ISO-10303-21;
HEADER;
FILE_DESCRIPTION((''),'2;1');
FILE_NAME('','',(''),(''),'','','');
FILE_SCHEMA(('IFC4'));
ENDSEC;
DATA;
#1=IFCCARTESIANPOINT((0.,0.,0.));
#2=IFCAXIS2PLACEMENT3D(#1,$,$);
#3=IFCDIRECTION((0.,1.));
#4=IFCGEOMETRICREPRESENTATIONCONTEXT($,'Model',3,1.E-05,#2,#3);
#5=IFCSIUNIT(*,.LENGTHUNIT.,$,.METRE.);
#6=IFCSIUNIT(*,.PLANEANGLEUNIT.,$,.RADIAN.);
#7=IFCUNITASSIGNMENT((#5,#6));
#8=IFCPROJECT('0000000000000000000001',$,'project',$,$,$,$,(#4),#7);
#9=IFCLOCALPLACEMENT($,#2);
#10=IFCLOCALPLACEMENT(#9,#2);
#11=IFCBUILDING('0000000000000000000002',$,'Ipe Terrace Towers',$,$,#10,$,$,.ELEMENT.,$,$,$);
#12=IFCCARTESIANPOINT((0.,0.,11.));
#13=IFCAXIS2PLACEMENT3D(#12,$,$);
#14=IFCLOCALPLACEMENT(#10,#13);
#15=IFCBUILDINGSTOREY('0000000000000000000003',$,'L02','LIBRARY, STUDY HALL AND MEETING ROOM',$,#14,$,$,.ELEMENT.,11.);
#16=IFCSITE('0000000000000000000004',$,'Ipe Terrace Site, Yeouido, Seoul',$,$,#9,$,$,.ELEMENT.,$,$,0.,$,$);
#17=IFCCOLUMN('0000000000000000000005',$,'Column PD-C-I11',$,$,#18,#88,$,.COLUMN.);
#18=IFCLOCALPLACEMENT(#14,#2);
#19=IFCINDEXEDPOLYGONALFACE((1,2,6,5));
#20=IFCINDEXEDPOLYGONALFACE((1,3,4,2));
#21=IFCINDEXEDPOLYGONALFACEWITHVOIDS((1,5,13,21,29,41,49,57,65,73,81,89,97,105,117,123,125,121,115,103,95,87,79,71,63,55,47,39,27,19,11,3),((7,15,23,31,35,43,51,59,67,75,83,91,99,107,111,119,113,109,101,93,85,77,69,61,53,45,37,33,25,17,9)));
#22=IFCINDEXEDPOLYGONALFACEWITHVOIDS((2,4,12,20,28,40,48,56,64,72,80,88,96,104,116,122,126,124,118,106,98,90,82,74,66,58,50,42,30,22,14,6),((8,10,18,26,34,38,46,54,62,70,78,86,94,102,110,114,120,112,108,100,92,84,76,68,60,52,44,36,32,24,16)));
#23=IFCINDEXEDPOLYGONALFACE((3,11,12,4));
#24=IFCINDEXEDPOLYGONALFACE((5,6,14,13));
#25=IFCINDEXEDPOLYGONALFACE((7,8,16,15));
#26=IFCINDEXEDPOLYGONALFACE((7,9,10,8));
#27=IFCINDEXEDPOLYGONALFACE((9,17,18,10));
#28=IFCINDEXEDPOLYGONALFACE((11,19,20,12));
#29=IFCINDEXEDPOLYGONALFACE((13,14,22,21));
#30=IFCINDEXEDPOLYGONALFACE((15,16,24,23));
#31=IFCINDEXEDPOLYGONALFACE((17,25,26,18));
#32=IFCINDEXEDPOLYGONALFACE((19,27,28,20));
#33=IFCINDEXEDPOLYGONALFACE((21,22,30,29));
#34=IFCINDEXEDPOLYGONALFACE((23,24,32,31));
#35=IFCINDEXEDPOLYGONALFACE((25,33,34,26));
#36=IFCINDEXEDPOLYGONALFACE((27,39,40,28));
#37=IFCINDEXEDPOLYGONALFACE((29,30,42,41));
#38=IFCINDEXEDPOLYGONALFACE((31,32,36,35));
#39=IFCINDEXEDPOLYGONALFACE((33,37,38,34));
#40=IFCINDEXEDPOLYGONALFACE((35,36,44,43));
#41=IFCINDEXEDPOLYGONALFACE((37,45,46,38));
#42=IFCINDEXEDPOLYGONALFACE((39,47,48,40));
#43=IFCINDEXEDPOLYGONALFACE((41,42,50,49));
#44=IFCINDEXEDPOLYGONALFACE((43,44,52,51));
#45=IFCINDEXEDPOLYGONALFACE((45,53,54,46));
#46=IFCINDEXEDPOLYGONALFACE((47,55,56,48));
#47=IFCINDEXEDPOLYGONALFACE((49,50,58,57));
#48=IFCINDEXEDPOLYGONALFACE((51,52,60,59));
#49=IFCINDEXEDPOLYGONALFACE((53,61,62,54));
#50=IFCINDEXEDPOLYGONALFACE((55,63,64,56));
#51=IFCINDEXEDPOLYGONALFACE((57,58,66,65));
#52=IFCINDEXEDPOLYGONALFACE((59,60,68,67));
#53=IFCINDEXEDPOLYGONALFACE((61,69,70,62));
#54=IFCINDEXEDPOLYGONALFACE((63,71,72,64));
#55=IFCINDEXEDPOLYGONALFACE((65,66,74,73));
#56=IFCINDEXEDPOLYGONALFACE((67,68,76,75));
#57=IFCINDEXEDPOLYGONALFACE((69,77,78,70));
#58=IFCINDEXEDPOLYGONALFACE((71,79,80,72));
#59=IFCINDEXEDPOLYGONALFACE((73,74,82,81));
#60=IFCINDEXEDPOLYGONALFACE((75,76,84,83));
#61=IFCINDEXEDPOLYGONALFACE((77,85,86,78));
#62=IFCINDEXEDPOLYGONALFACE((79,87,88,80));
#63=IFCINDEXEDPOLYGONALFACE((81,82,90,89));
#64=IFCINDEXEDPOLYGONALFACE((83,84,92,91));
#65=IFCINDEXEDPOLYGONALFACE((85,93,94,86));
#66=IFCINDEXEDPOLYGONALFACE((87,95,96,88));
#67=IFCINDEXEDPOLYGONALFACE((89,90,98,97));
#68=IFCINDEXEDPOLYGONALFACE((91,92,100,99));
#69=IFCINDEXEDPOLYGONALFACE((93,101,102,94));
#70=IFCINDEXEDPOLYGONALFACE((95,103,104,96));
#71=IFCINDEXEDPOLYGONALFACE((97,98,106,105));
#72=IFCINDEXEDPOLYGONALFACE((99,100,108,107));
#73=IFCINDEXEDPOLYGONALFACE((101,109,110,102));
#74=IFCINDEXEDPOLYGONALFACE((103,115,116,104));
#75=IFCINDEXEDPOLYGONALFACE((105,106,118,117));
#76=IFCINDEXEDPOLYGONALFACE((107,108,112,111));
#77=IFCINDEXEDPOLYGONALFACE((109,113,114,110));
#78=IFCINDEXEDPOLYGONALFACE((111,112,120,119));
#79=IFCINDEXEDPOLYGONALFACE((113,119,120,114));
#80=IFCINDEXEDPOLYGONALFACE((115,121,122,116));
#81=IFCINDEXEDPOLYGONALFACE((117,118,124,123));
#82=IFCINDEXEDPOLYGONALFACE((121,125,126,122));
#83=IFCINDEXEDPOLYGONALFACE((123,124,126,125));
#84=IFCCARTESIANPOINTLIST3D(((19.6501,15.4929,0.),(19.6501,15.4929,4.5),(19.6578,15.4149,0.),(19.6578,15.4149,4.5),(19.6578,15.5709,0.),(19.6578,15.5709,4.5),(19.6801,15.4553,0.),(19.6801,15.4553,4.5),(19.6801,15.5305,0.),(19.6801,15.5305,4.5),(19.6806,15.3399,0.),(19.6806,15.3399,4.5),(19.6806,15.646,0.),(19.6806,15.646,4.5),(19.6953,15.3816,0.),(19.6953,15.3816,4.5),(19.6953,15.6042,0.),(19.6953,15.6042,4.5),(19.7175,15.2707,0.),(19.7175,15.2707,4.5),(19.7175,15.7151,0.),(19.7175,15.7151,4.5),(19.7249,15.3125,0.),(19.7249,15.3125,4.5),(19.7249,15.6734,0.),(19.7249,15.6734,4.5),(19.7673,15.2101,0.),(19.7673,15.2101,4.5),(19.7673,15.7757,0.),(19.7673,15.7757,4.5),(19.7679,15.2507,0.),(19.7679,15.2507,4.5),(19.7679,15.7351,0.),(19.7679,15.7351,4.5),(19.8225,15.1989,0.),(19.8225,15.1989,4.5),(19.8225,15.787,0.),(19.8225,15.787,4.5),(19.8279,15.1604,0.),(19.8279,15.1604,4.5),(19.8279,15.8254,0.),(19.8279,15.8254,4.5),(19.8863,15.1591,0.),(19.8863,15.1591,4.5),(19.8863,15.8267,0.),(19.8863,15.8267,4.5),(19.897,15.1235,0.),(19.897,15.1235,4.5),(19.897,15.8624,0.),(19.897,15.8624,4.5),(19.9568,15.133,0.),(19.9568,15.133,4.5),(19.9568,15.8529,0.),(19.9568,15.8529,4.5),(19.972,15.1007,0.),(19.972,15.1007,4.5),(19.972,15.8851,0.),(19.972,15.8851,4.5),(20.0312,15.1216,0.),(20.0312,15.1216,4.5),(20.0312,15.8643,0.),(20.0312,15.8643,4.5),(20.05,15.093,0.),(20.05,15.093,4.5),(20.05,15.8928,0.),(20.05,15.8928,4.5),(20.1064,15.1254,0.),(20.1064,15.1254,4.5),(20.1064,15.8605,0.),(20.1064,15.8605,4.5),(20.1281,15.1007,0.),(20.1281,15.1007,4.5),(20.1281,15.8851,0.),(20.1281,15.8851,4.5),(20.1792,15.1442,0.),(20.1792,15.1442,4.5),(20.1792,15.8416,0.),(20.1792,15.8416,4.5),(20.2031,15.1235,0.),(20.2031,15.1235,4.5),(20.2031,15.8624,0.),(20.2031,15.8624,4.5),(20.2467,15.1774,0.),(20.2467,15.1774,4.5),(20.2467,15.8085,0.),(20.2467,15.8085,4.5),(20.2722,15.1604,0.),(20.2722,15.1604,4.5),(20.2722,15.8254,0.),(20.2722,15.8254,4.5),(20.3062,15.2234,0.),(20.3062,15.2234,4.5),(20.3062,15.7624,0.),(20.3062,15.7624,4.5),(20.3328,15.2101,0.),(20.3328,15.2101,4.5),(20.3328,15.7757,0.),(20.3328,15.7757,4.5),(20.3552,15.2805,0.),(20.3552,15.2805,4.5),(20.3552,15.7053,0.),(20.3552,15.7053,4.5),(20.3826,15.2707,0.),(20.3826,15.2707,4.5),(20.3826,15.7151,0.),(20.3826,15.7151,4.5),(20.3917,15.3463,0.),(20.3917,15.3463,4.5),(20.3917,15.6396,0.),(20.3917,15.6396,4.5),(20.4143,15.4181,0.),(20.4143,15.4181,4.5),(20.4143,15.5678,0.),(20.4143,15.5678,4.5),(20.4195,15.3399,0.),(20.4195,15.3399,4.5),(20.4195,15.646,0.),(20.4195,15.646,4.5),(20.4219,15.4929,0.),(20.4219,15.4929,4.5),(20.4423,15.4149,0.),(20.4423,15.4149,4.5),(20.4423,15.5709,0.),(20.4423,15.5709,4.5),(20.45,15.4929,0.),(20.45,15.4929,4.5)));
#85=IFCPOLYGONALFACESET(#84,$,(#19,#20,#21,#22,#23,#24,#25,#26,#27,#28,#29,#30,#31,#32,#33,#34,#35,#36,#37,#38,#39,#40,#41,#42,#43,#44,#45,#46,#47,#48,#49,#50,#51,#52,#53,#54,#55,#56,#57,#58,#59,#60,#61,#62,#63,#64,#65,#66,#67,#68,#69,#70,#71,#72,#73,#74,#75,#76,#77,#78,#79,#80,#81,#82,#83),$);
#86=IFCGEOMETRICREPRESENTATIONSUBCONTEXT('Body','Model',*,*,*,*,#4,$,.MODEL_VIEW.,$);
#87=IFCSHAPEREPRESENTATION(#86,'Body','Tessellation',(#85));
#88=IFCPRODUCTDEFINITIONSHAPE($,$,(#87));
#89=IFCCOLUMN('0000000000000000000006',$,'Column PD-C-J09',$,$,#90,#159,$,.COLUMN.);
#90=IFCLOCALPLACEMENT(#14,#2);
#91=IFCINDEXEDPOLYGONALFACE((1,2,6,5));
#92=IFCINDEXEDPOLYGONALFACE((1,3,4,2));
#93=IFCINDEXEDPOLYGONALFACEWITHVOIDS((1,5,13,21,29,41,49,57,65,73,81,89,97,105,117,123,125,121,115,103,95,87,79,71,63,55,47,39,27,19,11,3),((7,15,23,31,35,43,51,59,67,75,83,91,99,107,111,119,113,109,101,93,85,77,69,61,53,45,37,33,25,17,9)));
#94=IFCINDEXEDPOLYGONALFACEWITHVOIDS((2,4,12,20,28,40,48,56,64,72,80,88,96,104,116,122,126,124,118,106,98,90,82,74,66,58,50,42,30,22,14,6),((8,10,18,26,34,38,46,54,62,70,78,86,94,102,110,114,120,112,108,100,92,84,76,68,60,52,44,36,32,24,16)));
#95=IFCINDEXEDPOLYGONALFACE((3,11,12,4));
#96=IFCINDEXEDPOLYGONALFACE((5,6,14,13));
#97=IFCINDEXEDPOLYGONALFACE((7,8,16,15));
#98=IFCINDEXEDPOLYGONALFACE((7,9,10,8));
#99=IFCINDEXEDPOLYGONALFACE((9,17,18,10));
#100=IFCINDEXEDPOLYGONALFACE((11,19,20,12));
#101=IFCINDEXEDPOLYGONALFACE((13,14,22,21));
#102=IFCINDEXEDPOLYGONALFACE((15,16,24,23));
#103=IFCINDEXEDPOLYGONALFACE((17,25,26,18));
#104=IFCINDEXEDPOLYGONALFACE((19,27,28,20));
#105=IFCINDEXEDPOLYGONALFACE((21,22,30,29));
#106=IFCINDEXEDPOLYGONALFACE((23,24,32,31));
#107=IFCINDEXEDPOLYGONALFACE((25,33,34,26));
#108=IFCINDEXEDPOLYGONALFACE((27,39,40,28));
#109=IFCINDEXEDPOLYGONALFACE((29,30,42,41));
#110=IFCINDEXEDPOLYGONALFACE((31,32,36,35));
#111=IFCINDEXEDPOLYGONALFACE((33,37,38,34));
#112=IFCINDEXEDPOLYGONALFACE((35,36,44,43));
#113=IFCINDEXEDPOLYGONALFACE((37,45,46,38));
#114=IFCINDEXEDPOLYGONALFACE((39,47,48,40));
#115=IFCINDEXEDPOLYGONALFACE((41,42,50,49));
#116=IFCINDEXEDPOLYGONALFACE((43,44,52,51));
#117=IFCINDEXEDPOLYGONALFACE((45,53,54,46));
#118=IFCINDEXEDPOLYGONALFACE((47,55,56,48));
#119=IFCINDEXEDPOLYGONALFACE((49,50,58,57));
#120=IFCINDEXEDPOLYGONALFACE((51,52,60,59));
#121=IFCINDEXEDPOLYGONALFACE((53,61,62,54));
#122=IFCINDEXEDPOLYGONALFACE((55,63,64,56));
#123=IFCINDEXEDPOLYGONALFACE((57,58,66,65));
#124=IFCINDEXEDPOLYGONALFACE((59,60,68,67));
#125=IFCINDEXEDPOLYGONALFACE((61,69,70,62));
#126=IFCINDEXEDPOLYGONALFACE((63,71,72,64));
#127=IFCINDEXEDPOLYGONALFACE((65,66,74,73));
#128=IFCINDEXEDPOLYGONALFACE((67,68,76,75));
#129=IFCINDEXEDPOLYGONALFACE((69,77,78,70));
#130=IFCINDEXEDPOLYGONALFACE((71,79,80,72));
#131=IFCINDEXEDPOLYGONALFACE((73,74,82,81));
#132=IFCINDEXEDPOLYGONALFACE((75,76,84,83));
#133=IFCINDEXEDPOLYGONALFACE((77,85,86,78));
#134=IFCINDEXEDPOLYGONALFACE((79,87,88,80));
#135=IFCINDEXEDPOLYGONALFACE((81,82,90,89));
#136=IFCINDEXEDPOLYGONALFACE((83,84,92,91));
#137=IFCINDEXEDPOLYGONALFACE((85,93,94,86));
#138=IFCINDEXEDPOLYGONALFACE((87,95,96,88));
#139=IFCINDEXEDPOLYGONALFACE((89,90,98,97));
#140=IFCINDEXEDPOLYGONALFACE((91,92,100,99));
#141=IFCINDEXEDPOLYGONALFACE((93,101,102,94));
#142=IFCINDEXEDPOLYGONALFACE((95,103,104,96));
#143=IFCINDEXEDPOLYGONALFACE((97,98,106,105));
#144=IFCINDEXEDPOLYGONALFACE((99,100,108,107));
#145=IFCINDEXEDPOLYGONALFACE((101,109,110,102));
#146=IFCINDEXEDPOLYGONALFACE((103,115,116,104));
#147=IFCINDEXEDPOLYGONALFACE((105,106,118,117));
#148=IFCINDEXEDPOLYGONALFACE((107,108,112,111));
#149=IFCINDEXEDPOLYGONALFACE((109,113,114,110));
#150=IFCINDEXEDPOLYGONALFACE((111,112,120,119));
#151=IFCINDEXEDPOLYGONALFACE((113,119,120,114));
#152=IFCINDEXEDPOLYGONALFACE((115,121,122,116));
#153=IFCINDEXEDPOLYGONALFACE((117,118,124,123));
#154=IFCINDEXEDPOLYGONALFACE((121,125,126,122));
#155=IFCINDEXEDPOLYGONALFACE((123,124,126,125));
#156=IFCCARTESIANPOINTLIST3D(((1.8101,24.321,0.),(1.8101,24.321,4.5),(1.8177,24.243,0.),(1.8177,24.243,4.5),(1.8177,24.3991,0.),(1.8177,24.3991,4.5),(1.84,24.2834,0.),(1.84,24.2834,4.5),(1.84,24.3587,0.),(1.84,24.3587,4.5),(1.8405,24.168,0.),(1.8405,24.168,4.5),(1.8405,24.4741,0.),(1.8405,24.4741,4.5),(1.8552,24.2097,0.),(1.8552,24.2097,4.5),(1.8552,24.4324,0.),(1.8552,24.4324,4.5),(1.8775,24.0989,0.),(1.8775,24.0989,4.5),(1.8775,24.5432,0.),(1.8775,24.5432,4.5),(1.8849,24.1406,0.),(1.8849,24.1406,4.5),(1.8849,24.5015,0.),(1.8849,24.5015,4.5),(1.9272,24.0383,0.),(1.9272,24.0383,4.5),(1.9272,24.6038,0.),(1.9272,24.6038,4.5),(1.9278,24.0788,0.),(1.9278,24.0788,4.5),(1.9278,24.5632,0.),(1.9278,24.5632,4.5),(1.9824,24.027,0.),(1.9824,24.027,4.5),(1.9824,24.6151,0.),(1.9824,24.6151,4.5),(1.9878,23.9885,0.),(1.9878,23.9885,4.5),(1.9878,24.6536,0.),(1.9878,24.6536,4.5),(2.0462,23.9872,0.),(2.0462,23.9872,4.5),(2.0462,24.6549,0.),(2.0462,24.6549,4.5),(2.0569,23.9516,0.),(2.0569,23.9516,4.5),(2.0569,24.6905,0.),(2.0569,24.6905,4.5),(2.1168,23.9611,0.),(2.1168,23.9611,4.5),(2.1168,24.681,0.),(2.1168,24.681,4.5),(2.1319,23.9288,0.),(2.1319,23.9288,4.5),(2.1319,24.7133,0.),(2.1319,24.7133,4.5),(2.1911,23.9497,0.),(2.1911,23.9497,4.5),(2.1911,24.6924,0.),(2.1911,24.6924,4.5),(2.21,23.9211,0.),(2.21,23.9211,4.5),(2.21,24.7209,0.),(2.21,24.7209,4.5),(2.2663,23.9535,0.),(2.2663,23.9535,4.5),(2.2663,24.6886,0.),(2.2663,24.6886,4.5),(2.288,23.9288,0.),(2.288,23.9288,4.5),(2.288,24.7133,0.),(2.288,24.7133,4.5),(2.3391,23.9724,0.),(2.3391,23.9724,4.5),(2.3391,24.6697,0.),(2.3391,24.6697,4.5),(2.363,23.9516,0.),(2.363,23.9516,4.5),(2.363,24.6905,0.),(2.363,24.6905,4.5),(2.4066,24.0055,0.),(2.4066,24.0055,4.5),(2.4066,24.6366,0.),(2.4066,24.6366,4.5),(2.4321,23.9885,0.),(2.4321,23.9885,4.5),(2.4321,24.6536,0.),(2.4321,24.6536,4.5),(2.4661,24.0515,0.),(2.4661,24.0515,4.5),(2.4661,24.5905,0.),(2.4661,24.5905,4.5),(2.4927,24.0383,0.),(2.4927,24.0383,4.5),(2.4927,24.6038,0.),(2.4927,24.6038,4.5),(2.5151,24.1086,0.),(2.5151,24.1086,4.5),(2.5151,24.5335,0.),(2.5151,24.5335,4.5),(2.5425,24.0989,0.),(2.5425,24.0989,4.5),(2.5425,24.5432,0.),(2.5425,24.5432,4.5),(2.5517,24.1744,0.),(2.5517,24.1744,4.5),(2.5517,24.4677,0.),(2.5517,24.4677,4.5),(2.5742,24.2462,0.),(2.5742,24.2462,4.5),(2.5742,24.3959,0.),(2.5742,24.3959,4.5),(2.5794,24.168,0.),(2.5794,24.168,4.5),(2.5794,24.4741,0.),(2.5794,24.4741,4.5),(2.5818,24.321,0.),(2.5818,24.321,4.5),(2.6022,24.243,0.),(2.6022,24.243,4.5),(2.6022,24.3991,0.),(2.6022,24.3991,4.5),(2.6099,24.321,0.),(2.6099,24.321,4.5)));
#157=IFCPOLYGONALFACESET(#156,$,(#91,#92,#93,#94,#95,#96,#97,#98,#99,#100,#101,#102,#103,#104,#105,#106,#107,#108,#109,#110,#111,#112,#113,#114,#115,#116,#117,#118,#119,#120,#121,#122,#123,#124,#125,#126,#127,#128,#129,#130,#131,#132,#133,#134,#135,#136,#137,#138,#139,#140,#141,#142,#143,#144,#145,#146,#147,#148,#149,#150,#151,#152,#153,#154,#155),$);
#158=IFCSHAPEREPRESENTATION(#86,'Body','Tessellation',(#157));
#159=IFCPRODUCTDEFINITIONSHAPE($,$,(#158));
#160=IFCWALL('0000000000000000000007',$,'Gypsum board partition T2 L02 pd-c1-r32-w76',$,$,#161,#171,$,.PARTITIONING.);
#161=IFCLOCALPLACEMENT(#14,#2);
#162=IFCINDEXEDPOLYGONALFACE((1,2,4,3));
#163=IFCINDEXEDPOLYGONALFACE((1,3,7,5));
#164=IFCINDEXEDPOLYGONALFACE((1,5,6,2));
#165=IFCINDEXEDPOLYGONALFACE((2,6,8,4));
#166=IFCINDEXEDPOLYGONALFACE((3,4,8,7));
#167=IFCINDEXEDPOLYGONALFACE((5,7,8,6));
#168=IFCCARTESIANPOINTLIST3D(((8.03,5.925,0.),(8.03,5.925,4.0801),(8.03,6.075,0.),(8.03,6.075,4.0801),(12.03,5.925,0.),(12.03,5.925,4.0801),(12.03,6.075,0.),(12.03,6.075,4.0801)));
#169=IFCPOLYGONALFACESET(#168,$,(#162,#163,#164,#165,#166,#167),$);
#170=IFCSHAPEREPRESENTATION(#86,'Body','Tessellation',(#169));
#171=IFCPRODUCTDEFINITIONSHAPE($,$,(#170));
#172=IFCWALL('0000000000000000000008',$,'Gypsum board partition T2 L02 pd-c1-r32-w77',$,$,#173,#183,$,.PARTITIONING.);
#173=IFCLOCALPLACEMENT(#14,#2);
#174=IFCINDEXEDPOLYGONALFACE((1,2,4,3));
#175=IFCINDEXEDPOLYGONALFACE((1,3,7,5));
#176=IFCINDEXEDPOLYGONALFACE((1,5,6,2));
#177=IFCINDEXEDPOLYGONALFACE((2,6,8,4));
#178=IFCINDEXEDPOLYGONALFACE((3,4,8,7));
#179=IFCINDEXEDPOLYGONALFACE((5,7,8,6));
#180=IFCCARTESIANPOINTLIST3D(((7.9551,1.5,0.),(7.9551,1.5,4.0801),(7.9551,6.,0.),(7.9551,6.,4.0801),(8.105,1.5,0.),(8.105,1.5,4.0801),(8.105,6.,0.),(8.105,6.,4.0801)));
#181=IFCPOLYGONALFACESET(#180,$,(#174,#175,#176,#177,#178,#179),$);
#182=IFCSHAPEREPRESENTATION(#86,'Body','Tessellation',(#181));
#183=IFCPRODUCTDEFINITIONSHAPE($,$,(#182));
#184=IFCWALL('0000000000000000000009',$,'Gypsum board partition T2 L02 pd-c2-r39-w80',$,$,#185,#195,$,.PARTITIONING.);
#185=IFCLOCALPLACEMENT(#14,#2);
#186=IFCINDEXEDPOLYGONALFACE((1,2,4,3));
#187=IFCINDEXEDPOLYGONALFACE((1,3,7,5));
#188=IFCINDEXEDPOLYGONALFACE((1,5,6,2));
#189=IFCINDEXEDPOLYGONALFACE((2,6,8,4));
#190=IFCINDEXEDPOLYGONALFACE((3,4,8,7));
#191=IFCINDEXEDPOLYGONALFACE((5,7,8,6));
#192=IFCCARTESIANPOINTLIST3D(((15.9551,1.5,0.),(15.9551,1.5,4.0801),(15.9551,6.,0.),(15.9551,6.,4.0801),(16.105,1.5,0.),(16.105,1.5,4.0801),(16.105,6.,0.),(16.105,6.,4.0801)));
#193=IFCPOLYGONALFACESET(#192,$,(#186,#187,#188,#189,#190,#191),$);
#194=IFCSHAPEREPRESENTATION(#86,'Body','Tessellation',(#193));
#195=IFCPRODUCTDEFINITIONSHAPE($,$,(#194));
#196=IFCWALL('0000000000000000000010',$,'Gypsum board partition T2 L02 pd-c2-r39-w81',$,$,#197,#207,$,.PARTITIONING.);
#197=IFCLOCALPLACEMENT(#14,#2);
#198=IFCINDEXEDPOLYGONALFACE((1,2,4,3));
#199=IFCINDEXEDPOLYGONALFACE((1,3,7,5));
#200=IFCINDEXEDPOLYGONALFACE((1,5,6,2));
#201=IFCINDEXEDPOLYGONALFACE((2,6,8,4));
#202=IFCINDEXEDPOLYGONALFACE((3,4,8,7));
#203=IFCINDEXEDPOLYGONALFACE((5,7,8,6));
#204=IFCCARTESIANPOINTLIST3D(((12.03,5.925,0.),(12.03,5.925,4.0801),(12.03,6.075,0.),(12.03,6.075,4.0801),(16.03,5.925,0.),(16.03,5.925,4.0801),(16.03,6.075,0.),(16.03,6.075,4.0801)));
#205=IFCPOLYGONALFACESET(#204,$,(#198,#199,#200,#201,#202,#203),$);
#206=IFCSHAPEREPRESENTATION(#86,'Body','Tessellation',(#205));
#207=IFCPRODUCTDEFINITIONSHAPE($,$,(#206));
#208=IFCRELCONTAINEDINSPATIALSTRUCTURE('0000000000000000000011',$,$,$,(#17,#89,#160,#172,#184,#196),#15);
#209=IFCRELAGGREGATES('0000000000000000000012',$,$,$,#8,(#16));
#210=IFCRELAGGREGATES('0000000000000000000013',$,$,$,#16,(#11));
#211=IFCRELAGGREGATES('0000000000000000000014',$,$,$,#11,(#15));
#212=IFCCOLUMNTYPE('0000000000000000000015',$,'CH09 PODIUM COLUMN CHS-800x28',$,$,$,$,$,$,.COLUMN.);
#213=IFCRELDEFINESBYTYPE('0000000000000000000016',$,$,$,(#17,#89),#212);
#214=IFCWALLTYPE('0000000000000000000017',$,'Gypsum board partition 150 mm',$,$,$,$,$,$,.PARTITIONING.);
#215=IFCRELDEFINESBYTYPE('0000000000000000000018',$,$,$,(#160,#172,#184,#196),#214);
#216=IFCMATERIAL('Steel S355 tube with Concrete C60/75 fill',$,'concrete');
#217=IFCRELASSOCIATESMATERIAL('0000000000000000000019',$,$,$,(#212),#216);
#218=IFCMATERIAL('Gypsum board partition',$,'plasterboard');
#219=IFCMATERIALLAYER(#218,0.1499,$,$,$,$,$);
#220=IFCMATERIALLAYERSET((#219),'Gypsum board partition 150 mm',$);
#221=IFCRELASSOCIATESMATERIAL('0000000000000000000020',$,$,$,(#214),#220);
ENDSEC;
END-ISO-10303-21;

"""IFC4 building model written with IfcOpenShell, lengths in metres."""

from ifc_helpers import new_model, si_unit, direction, frame, frame_2d, origin, origin_2d, place, context, subcontext, project, spatial, rectangle, hollow_circle, extrude, material, layer, layer_set, material_profile, profile_set, type_object, element, save


model = new_model("IFC4")

# Units and contexts
model_context = context("Model", 3, precision=1e-05, world=origin(), true_north=direction((0.0, 1.0)))
body_context = subcontext(model_context, "Body", "Model", "MODEL_VIEW")
ifc_project = project(units=[si_unit("LENGTHUNIT", "METRE"), si_unit("PLANEANGLEUNIT", "RADIAN")], contexts=[model_context])

# Site, building, storey
site_placement = place(None, origin())
site = spatial("IfcSite", under=ifc_project, at=site_placement, Name="Ipe Terrace Site, Yeouido, Seoul", CompositionType="ELEMENT", RefElevation=0.0)
building_placement = place(site_placement, origin())
building = spatial("IfcBuilding", under=site, at=building_placement, Name="Ipe Terrace Towers", CompositionType="ELEMENT")
storey_placement = place(building_placement, frame((0.0, 0.0, 11.0)))
storey = spatial("IfcBuildingStorey", under=building, at=storey_placement, Name="L02", Description="LIBRARY, STUDY HALL AND MEETING ROOM", CompositionType="ELEMENT", Elevation=11.0)

# Columns
ifc_material_1 = material(Name="Steel S355 tube with Concrete C60/75 fill", Category="concrete")
ifc_material_profile_1 = material_profile(ifc_material_1, hollow_circle(Radius=0.3999, WallThickness=0.0281, at=origin_2d()), Name="CHS-800x28")
ifc_profile_set_1 = profile_set([ifc_material_profile_1], Name="Steel S355 tube with Concrete C60/75 fill")
column_type_1 = type_object("IfcColumnType", Name="CH09 PODIUM COLUMN CHS-800x28", PredefinedType="COLUMN", material=ifc_profile_set_1)
for number, where, z_axis, x_axis, name in (
    (1, (20.05, 15.4929, 0.0), (0.0, 0.0, 1.0), (1.0, 0.0, 0.0), "Column PD-C-I11"),
    (2, (2.21, 24.321, 0.0), (0.0, 0.0, 1.0), (1.0, 0.0, 0.0), "Column PD-C-J09"),
):
    element("IfcColumn", number, at=place(storey_placement, frame(where, z_axis=z_axis, x_axis=x_axis)), inside=storey, type_object=column_type_1, Name=name, PredefinedType="COLUMN", context=body_context, shape_type="SweptSolid", body=[
        extrude(hollow_circle(Radius=0.3999, WallThickness=0.0281, at=origin_2d()), origin(), (0.0, 0.0, 1.0), 4.5),
    ])

# Walls
ifc_material_2 = material(Name="Gypsum board partition", Category="plasterboard")
ifc_layer_1 = layer(ifc_material_2, 0.1499)
ifc_layer_set_1 = layer_set([ifc_layer_1], Name="Gypsum board partition 150 mm")
wall_type_1 = type_object("IfcWallType", Name="Gypsum board partition 150 mm", PredefinedType="PARTITIONING", material=ifc_layer_set_1)
wall_1_placement = place(storey_placement, frame((12.03, 6.0, 0.0), z_axis=(0.0, 0.0, 1.0), x_axis=(-1.0, 0.0, 0.0)))
element("IfcWall", 3, at=wall_1_placement, inside=storey, type_object=wall_type_1, Name="Gypsum board partition T2 L02 pd-c1-r32-w76", PredefinedType="PARTITIONING", context=body_context, shape_type="SweptSolid", body=[
    extrude(rectangle(XDim=4.0, YDim=0.1499, at=frame_2d((2.0, 0.0))), origin(), (0.0, 0.0, 1.0), 4.0801),
])
for number, where, z_axis, x_axis, name in (
    (4, (8.03, 6.0, 0.0), (0.0, 0.0, 1.0), (0.0, -1.0, 0.0), "Gypsum board partition T2 L02 pd-c1-r32-w77"),
    (5, (16.03, 1.5, 0.0), (0.0, 0.0, 1.0), (0.0, 1.0, 0.0), "Gypsum board partition T2 L02 pd-c2-r39-w80"),
):
    element("IfcWall", number, at=place(storey_placement, frame(where, z_axis=z_axis, x_axis=x_axis)), inside=storey, type_object=wall_type_1, Name=name, PredefinedType="PARTITIONING", context=body_context, shape_type="SweptSolid", body=[
        extrude(rectangle(XDim=4.5, YDim=0.1499, at=frame_2d((2.25, 0.0))), origin(), (0.0, 0.0, 1.0), 4.0801),
    ])
wall_2_placement = place(storey_placement, frame((16.03, 6.0, 0.0), z_axis=(0.0, 0.0, 1.0), x_axis=(-1.0, 0.0, 0.0)))
element("IfcWall", 6, at=wall_2_placement, inside=storey, type_object=wall_type_1, Name="Gypsum board partition T2 L02 pd-c2-r39-w81", PredefinedType="PARTITIONING", context=body_context, shape_type="SweptSolid", body=[
    extrude(rectangle(XDim=4.0, YDim=0.1499, at=frame_2d((2.0, 0.0))), origin(), (0.0, 0.0, 1.0), 4.0801),
])

save(model, "model.ifc")
